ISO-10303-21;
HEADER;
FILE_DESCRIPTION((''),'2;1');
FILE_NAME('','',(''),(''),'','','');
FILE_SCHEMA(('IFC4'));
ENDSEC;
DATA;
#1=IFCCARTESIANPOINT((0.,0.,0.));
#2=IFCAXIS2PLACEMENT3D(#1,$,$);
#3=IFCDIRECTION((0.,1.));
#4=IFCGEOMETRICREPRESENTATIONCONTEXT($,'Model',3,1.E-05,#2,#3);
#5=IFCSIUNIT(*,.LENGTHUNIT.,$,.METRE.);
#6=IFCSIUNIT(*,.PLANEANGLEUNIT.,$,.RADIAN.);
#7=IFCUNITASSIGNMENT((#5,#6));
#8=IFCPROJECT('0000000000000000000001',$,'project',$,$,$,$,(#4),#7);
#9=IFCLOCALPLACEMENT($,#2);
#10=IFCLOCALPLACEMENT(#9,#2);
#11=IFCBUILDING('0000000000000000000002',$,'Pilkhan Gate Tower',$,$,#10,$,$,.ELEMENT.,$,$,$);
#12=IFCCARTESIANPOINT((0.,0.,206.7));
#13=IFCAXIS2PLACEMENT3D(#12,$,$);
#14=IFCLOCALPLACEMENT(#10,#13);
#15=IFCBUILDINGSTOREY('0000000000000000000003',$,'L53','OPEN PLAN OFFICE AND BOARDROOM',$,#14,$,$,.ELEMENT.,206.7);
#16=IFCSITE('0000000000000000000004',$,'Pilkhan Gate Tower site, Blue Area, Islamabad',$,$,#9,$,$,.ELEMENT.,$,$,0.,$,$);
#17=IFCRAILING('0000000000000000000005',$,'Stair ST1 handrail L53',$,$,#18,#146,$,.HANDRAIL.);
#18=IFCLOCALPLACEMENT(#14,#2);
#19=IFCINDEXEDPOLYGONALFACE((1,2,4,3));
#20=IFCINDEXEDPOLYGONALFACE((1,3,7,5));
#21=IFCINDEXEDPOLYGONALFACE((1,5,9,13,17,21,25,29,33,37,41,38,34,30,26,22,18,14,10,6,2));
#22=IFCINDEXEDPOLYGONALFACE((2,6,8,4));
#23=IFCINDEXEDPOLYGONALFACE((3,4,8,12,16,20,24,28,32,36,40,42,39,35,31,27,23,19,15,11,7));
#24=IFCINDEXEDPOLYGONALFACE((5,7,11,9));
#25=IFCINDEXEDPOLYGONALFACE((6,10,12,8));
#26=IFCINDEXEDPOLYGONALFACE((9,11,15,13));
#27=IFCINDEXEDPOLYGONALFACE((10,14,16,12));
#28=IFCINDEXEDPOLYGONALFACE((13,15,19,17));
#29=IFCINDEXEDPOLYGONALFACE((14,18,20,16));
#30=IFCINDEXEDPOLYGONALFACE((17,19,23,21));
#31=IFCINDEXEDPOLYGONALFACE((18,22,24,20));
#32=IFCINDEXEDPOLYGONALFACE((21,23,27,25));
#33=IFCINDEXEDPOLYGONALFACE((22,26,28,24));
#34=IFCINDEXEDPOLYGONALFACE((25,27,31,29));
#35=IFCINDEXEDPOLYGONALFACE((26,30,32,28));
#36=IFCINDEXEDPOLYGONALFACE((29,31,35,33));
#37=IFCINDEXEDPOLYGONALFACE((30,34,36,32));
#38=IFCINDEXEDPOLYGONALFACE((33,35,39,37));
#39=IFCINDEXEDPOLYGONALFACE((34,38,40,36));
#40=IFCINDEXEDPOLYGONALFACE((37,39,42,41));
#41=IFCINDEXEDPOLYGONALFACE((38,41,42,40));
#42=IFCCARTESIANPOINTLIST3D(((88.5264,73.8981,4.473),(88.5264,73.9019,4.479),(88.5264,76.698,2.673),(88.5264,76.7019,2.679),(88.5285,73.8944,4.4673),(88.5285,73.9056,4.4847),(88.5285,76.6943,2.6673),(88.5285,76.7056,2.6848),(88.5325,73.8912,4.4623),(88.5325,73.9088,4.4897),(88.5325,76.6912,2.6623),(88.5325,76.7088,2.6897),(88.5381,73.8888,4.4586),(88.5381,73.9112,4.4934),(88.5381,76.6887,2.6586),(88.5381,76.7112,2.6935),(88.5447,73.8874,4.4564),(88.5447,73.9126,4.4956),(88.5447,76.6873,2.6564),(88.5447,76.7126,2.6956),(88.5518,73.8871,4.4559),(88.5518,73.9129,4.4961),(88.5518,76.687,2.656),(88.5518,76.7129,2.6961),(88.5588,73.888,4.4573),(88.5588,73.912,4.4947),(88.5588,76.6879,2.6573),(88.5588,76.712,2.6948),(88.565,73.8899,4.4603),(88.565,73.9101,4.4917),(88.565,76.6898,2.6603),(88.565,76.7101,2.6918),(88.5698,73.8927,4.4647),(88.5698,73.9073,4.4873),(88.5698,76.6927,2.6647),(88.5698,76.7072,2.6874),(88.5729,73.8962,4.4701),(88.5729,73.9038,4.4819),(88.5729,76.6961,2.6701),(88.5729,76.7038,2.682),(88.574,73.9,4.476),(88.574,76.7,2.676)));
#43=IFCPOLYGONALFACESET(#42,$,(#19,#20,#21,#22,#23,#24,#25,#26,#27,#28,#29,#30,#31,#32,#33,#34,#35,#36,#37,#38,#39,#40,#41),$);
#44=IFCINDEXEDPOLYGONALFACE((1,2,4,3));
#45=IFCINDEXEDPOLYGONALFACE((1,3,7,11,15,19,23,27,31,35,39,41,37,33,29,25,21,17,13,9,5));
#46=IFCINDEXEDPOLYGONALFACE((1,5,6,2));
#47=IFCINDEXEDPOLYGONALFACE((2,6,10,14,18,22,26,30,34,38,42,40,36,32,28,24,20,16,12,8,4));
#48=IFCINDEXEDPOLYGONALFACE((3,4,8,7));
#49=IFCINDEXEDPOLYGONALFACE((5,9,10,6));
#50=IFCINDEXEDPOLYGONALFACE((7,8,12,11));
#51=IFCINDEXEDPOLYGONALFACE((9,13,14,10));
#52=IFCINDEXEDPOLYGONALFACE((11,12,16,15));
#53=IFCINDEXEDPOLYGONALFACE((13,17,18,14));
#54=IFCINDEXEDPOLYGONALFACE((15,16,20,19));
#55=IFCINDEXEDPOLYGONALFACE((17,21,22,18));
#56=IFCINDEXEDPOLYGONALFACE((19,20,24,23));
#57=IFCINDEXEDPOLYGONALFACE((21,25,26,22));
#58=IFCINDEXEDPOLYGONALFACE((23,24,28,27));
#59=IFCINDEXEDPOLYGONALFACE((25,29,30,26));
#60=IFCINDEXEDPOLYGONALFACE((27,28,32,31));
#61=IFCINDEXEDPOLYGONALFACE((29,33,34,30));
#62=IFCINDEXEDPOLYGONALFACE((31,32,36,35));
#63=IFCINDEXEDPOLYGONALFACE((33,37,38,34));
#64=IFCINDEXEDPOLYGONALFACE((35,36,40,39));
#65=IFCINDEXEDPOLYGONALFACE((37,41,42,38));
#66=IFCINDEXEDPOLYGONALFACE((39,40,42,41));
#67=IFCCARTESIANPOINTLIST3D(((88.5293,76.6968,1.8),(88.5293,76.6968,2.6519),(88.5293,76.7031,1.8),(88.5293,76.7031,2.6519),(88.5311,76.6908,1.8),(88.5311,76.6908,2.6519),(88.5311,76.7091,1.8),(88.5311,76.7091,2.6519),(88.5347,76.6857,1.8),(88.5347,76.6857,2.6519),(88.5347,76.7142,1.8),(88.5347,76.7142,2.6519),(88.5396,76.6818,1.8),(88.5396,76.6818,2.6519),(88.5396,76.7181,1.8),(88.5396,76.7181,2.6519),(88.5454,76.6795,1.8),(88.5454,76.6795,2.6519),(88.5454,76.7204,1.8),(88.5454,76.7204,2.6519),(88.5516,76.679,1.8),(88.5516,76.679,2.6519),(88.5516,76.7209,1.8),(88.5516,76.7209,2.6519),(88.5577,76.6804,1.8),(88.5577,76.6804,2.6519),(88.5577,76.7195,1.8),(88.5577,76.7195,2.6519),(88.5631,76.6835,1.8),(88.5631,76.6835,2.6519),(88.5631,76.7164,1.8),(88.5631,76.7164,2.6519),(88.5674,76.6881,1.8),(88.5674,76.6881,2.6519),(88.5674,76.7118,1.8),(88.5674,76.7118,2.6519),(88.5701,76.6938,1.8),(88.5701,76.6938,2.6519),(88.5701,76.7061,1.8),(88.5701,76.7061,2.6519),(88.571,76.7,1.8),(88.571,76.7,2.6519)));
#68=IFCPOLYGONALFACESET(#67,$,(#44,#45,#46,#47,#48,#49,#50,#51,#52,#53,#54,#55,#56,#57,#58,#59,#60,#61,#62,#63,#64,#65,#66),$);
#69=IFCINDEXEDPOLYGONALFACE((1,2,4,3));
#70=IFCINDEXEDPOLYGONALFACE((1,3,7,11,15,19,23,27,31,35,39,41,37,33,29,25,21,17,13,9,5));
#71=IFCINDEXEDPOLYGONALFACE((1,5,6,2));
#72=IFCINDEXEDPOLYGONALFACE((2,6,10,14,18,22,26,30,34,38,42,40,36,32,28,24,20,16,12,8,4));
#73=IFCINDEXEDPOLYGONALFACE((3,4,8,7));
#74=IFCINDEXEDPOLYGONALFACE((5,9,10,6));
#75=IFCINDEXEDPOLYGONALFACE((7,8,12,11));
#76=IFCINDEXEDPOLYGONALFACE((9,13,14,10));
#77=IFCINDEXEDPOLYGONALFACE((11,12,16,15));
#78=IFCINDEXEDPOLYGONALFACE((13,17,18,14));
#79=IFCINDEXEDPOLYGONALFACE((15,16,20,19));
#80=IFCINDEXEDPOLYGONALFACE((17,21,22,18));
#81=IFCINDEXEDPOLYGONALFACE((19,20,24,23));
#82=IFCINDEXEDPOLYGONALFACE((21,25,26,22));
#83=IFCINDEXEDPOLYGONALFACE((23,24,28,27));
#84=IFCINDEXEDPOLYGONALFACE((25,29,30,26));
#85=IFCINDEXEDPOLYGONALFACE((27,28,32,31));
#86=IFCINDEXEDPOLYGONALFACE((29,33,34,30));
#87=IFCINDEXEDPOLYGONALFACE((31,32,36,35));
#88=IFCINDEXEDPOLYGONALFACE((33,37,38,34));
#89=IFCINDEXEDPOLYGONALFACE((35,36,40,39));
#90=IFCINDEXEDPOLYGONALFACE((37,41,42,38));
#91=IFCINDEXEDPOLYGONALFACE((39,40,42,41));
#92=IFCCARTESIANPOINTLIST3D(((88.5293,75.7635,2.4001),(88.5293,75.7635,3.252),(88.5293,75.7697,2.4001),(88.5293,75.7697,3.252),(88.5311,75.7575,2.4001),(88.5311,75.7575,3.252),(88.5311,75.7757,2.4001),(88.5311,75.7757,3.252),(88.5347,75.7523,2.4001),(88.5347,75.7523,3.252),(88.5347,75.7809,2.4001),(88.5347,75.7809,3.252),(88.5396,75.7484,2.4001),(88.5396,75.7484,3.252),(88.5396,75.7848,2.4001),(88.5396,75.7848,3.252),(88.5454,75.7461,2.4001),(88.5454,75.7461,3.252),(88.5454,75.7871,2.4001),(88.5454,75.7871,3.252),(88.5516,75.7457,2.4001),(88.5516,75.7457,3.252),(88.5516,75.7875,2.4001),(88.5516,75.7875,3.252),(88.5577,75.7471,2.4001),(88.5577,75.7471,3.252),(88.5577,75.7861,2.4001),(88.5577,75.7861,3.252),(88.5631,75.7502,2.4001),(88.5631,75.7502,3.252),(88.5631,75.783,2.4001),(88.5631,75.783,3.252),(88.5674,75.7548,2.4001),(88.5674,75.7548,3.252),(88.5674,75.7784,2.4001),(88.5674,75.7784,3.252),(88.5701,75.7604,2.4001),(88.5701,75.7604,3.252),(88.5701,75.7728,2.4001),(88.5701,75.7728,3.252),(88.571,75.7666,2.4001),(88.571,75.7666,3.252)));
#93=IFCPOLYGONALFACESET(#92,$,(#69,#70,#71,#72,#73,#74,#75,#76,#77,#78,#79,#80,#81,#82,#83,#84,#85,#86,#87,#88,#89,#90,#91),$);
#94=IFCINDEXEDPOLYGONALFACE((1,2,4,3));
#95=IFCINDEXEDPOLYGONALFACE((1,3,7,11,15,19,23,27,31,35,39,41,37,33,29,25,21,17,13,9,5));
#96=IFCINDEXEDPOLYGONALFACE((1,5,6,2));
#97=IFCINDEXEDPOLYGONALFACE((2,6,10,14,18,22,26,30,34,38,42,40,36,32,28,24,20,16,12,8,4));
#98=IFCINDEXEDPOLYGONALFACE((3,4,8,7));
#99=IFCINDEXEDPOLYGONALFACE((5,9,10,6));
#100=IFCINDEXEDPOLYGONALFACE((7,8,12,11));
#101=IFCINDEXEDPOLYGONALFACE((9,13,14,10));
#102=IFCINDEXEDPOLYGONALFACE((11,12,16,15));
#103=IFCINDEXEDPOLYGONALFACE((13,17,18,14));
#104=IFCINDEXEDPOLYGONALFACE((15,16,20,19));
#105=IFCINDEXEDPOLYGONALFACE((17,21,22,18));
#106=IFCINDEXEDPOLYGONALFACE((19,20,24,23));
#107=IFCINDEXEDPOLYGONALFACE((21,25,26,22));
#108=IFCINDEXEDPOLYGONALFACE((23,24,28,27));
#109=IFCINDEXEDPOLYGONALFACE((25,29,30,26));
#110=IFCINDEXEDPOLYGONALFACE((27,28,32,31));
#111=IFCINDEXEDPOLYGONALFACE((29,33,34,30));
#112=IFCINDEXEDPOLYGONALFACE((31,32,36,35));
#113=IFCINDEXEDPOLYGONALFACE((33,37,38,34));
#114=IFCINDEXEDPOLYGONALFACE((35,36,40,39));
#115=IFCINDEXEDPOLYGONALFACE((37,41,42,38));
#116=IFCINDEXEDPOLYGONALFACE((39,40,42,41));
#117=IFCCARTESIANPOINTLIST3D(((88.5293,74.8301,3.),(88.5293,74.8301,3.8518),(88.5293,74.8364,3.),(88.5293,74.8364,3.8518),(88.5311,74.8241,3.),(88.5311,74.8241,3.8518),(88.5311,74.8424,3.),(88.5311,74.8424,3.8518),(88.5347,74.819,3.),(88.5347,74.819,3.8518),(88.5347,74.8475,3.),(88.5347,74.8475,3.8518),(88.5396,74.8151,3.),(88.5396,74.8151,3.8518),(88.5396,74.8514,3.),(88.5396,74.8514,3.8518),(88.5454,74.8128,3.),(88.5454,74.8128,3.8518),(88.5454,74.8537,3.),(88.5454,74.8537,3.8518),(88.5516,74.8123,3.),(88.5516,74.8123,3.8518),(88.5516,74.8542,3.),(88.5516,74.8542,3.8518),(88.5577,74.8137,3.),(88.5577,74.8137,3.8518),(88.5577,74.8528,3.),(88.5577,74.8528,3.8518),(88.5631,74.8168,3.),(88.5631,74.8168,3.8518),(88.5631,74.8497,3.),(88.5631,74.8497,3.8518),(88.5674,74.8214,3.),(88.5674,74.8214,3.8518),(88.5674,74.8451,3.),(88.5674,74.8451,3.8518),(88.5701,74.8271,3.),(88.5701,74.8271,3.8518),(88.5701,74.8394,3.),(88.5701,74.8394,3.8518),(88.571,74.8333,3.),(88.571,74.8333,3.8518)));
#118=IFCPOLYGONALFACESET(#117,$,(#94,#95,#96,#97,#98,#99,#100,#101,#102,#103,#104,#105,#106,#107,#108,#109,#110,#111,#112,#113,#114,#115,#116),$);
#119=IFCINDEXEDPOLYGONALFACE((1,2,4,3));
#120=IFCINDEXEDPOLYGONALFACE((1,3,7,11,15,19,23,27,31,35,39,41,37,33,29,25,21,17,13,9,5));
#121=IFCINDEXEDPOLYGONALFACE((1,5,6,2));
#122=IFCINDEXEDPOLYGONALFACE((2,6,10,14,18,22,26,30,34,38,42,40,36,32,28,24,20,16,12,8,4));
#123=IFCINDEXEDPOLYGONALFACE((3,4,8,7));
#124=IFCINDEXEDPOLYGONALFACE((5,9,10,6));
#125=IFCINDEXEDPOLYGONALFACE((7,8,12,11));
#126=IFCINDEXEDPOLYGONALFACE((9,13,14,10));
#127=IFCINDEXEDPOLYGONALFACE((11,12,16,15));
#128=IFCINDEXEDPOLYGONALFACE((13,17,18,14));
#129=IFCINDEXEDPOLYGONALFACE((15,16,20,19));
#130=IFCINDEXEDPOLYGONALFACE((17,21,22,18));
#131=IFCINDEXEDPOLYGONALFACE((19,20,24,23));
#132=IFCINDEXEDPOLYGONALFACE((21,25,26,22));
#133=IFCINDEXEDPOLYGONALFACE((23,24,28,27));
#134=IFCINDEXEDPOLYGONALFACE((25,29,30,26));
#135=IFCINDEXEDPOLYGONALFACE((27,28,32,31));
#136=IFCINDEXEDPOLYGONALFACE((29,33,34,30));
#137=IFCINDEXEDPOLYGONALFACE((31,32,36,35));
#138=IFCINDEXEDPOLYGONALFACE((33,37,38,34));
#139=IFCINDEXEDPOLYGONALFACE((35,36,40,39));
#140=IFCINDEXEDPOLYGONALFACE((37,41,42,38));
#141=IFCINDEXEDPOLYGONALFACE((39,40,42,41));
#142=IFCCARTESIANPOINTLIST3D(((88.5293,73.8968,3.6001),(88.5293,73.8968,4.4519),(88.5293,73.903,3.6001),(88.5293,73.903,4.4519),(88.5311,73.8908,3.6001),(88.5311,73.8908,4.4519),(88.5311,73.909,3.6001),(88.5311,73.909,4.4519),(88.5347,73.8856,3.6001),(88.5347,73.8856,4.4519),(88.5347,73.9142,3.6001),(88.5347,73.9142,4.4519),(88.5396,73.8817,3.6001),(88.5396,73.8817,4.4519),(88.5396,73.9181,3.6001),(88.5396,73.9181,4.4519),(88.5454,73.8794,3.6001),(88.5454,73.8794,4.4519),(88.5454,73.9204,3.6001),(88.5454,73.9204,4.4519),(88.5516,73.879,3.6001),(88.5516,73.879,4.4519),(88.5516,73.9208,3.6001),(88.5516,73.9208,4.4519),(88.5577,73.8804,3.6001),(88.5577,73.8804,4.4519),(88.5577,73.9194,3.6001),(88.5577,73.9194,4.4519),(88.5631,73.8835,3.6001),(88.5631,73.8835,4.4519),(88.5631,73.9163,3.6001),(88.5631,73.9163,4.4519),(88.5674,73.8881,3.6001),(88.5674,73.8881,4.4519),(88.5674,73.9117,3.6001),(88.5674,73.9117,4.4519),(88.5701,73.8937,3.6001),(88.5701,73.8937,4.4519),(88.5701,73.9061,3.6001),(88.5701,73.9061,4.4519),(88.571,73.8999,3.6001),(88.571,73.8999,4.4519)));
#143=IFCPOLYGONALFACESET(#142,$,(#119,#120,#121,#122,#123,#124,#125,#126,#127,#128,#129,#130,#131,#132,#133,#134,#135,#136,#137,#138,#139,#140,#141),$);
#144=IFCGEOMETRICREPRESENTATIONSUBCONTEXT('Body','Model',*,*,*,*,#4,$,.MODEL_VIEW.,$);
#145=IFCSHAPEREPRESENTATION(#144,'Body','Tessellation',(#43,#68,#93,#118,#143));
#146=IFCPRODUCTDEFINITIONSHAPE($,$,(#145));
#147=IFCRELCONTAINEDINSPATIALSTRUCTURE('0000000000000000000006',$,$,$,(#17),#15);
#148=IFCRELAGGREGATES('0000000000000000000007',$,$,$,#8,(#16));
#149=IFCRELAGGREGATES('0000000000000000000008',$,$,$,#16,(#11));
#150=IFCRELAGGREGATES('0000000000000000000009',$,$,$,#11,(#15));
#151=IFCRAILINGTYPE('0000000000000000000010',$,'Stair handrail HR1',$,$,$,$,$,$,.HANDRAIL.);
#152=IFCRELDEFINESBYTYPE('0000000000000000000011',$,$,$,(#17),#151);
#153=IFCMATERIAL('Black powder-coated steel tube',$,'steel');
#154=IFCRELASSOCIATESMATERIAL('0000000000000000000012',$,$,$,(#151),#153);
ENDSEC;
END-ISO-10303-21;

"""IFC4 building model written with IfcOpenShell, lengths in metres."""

from ifc_helpers import new_model, si_unit, direction, frame, origin, origin_2d, place, context, subcontext, project, spatial, circle, extrude, material, type_object, element, save


model = new_model("IFC4")

# Units and contexts
model_context = context("Model", 3, precision=1e-05, world=origin(), true_north=direction((0.0, 1.0)))
body_context = subcontext(model_context, "Body", "Model", "MODEL_VIEW")
ifc_project = project(units=[si_unit("LENGTHUNIT", "METRE"), si_unit("PLANEANGLEUNIT", "RADIAN")], contexts=[model_context])

# Site, building, storey
site_placement = place(None, origin())
site = spatial("IfcSite", under=ifc_project, at=site_placement, Name="Pilkhan Gate Tower site, Blue Area, Islamabad", CompositionType="ELEMENT", RefElevation=0.0)
building_placement = place(site_placement, origin())
building = spatial("IfcBuilding", under=site, at=building_placement, Name="Pilkhan Gate Tower", CompositionType="ELEMENT")
storey_placement = place(building_placement, frame((0.0, 0.0, 206.7)))
storey = spatial("IfcBuildingStorey", under=building, at=storey_placement, Name="L53", Description="OPEN PLAN OFFICE AND BOARDROOM", CompositionType="ELEMENT", Elevation=206.7)

# Railing
ifc_material_1 = material(Name="Black powder-coated steel tube", Category="steel")
railing_type_1 = type_object("IfcRailingType", Name="Stair handrail HR1", PredefinedType="HANDRAIL", material=ifc_material_1)
railing_1_placement = place(storey_placement, frame((88.55, 76.7, 1.8)))
element("IfcRailing", 1, at=railing_1_placement, inside=storey, type_object=railing_type_1, Name="Stair ST1 handrail L53", PredefinedType="HANDRAIL", context=body_context, shape_type="SweptSolid", body=[
    extrude(circle(Radius=0.0239, at=origin_2d()), frame((0.0, 0.0, 0.876), z_axis=(0.0, -0.841176, 0.540761), x_axis=(1.0, 0.0, 0.0)), (0.0, 0.0, 1.0), 3.3286),
    extrude(circle(Radius=0.021, at=origin_2d()), origin(), (0.0, 0.0, 1.0), 0.8518),
    extrude(circle(Radius=0.021, at=origin_2d()), frame((0.0, -0.9333, 0.6001)), (0.0, 0.0, 1.0), 0.8518),
    extrude(circle(Radius=0.021, at=origin_2d()), frame((0.0, -1.8667, 1.2)), (0.0, 0.0, 1.0), 0.8518),
    extrude(circle(Radius=0.021, at=origin_2d()), frame((0.0, -2.8, 1.8)), (0.0, 0.0, 1.0), 0.8518),
])

save(model, "model.ifc")
